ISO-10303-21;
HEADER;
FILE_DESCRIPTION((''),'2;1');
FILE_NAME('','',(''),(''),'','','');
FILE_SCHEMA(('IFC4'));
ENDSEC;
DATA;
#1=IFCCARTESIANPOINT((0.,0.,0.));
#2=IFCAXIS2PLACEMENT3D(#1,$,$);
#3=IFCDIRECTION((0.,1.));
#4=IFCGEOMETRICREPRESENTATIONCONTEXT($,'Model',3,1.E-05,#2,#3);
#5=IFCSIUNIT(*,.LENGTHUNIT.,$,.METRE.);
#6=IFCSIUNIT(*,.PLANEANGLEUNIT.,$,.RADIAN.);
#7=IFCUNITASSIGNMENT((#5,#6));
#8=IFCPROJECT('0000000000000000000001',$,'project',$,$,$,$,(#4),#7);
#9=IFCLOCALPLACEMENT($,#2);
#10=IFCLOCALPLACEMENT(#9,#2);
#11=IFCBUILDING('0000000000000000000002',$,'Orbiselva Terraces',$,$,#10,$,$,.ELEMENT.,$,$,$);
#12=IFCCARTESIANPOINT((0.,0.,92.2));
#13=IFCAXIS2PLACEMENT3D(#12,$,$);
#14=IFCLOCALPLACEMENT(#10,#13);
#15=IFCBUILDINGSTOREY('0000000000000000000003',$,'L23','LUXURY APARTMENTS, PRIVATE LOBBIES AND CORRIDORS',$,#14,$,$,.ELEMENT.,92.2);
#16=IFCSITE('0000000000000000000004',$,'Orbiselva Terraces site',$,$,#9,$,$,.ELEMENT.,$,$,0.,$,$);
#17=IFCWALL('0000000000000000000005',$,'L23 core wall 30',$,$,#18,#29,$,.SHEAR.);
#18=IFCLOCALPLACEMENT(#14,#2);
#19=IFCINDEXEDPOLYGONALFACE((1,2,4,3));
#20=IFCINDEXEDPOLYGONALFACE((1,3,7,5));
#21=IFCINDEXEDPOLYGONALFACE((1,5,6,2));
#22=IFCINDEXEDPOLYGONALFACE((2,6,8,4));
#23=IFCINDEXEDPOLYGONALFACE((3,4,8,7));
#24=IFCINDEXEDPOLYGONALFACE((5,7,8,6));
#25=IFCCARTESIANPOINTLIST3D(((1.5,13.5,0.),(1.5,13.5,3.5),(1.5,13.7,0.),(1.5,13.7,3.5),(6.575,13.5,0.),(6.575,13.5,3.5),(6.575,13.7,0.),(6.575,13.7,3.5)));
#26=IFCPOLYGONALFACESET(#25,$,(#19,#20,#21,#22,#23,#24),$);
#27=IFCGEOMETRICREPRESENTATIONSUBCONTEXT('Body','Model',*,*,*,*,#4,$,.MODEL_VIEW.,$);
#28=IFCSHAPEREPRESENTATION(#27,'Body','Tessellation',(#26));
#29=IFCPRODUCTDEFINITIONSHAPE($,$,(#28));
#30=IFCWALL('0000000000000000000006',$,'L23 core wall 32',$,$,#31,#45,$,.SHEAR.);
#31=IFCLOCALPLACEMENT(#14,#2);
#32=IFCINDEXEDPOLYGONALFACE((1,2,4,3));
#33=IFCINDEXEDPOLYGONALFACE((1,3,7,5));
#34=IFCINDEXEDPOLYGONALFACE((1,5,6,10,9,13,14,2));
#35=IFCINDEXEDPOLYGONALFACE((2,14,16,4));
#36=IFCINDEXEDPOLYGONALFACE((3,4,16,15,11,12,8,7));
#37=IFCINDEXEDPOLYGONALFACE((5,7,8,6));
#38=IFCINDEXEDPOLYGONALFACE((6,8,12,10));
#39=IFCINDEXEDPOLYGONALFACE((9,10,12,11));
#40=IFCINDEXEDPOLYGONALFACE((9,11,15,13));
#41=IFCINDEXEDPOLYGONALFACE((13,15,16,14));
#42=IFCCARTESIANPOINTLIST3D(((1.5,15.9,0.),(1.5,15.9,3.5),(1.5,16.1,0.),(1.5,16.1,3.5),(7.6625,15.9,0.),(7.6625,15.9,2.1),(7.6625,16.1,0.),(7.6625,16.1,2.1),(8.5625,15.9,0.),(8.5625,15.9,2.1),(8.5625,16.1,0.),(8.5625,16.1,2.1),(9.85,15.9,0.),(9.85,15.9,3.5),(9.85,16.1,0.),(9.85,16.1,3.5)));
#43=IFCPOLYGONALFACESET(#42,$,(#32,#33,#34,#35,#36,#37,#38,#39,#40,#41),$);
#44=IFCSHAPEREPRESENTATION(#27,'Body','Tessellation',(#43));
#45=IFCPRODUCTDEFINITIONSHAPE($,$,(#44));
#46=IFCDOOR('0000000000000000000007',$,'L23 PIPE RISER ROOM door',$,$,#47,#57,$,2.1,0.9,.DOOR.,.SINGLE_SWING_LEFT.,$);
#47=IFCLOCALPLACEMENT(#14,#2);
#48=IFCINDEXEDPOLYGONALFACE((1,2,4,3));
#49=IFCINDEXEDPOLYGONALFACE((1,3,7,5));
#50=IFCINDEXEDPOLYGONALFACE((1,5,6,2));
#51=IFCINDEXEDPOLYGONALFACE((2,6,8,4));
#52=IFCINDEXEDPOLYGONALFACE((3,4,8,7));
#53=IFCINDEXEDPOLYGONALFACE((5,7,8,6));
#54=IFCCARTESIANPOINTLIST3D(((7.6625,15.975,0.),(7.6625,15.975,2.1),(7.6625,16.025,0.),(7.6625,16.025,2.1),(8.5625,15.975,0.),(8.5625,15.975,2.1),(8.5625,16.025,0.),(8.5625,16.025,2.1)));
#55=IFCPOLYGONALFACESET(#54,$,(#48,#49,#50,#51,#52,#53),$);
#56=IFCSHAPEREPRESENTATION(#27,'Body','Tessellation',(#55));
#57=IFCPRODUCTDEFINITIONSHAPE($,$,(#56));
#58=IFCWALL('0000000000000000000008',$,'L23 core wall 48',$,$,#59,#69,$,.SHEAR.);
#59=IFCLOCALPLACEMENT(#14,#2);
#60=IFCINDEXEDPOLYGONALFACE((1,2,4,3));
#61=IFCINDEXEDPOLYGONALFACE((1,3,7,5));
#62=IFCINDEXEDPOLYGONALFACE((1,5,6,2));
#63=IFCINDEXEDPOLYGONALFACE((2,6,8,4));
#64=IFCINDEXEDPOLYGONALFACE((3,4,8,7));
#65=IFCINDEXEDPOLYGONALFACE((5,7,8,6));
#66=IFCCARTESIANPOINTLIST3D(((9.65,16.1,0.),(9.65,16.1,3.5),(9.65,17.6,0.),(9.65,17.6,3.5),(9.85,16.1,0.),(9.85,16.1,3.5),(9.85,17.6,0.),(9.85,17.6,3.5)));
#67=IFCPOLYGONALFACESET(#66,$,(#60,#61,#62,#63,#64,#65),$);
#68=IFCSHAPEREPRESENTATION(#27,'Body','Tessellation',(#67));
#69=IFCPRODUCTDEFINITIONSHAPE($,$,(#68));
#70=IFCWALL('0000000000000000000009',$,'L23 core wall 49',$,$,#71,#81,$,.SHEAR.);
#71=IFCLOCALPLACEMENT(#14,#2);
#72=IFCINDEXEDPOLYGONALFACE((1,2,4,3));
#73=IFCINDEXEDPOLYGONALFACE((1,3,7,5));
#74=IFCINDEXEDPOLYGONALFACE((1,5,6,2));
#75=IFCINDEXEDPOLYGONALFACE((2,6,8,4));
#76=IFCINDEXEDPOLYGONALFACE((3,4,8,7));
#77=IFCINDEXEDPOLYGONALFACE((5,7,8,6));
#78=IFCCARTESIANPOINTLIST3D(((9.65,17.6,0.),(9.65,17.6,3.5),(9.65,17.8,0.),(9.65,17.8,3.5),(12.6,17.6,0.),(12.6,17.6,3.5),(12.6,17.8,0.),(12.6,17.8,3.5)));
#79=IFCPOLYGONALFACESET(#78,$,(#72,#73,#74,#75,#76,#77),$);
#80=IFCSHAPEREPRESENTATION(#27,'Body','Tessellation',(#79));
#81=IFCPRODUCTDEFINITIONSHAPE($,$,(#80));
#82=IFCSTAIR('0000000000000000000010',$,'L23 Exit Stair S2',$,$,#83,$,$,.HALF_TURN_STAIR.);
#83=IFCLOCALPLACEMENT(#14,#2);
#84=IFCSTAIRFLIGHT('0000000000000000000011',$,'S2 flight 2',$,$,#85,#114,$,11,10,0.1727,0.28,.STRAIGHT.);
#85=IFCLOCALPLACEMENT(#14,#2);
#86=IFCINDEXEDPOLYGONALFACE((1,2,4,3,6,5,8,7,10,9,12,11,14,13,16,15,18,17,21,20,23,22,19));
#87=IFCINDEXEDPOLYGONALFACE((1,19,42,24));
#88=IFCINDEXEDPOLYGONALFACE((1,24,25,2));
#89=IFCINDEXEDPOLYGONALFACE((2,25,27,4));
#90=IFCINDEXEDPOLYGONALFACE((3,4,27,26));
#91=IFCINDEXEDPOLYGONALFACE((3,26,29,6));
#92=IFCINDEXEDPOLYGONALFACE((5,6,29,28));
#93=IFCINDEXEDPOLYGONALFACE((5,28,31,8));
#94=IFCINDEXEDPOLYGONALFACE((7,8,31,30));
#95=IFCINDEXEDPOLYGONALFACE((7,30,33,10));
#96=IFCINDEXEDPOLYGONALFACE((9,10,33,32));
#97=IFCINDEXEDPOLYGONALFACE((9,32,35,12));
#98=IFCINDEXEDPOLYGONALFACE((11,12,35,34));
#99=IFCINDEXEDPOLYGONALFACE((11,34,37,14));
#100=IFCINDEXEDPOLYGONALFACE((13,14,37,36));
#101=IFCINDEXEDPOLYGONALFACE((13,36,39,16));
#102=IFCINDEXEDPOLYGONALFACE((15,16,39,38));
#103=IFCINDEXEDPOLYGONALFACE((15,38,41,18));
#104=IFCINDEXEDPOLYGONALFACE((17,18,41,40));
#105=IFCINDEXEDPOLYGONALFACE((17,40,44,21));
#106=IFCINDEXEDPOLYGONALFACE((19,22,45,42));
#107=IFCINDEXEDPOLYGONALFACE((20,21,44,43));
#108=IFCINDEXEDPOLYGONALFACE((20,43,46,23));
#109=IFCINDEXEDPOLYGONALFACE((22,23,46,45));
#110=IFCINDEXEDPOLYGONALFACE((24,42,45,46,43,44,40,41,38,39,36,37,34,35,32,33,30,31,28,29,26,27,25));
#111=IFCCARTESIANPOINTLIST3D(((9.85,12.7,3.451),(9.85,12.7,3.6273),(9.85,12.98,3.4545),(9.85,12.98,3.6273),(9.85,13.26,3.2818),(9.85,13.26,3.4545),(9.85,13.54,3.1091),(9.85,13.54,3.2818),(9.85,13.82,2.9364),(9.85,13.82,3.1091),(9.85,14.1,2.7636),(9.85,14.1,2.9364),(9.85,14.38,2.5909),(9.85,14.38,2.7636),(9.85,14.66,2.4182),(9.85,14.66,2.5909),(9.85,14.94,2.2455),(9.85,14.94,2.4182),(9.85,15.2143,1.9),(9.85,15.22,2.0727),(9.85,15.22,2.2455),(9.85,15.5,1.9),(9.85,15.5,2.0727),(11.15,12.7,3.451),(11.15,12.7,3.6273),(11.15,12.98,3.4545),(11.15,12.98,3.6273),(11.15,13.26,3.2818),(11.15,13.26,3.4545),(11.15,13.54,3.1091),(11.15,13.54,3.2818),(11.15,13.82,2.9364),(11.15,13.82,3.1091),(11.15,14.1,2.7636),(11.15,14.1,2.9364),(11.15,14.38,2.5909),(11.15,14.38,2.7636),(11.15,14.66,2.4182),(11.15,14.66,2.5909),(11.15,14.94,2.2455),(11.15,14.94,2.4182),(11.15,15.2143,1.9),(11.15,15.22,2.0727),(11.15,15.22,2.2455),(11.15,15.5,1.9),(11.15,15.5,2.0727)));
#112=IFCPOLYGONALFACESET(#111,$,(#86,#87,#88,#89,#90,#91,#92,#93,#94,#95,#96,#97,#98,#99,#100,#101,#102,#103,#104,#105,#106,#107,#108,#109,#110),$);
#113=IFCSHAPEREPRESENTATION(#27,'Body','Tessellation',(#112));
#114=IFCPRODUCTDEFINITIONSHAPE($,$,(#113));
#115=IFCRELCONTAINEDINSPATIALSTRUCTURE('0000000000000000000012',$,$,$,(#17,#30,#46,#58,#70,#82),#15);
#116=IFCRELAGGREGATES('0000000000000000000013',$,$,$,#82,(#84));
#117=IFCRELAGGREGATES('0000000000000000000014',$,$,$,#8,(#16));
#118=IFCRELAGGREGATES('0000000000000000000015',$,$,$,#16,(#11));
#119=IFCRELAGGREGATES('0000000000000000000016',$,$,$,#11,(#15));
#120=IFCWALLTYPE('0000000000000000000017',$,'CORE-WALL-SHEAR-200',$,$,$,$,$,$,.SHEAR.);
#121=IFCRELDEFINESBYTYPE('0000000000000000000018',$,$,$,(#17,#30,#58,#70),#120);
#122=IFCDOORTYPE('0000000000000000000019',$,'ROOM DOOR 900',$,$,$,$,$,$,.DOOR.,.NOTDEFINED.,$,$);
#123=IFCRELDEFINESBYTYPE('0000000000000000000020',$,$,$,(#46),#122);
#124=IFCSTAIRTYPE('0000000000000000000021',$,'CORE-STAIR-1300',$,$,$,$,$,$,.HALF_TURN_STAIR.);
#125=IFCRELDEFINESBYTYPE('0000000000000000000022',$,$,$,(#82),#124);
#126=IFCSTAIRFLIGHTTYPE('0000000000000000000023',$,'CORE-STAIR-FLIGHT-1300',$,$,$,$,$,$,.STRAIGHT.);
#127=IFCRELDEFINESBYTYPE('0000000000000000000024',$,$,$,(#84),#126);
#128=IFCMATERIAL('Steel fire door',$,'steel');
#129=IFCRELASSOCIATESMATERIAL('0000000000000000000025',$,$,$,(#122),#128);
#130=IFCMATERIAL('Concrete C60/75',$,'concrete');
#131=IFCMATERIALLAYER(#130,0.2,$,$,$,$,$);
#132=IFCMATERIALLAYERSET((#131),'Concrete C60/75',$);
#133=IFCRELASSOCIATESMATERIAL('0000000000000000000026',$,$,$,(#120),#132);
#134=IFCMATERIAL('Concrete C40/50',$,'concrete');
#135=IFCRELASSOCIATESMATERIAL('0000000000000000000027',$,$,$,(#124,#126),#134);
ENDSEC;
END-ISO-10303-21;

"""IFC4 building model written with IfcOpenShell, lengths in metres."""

from ifc_helpers import new_model, si_unit, direction, frame, frame_2d, origin, place, context, subcontext, project, spatial, polyline, rectangle, outline, extrude, material, layer, layer_set, type_object, element, fill, aggregate, save


model = new_model("IFC4")

# Units and contexts
model_context = context("Model", 3, precision=1e-05, world=origin(), true_north=direction((0.0, 1.0)))
body_context = subcontext(model_context, "Body", "Model", "MODEL_VIEW")
ifc_project = project(units=[si_unit("LENGTHUNIT", "METRE"), si_unit("PLANEANGLEUNIT", "RADIAN")], contexts=[model_context])

# Site, building, storey
site_placement = place(None, origin())
site = spatial("IfcSite", under=ifc_project, at=site_placement, Name="Orbiselva Terraces site", CompositionType="ELEMENT", RefElevation=0.0)
building_placement = place(site_placement, origin())
building = spatial("IfcBuilding", under=site, at=building_placement, Name="Orbiselva Terraces", CompositionType="ELEMENT")
storey_placement = place(building_placement, frame((0.0, 0.0, 92.2)))
storey = spatial("IfcBuildingStorey", under=building, at=storey_placement, Name="L23", Description="LUXURY APARTMENTS, PRIVATE LOBBIES AND CORRIDORS", CompositionType="ELEMENT", Elevation=92.2)

# Shared definitions
ifc_material_1 = material(Name="Steel fire door", Category="steel")
door_type = type_object("IfcDoorType", Name="ROOM DOOR 900", OperationType="NOTDEFINED", PredefinedType="DOOR", material=ifc_material_1)

# Shared definitions
ifc_material_2 = material(Name="Concrete C40/50", Category="concrete")

# Shared definitions
ifc_material_3 = material(Name="Concrete C60/75", Category="concrete")
ifc_layer_1 = layer(ifc_material_3, 0.2)
ifc_layer_set_1 = layer_set([ifc_layer_1], Name="Concrete C60/75")
wall_type_1 = type_object("IfcWallType", Name="CORE-WALL-SHEAR-200", PredefinedType="SHEAR", material=ifc_layer_set_1)

# Wall
wall_1_placement = place(storey_placement, frame((1.5, 13.6, 0.0), z_axis=(0.0, 0.0, 1.0), x_axis=(1.0, 0.0, 0.0)))
element("IfcWall", 1, at=wall_1_placement, inside=storey, type_object=wall_type_1, Name="L23 core wall 30", PredefinedType="SHEAR", context=body_context, shape_type="SweptSolid", body=[
    extrude(rectangle(XDim=5.075, YDim=0.2, at=frame_2d((2.5375, 0.0))), origin(), (0.0, 0.0, 1.0), 3.5),
])

# Wall, opening, door
wall_2_placement = place(storey_placement, frame((9.85, 16.0, 0.0), z_axis=(0.0, 0.0, 1.0), x_axis=(-1.0, 0.0, 0.0)))
wall_2 = element("IfcWall", 2, at=wall_2_placement, inside=storey, type_object=wall_type_1, Name="L23 core wall 32", PredefinedType="SHEAR", context=body_context, shape_type="SweptSolid", body=[
    extrude(rectangle(XDim=8.35, YDim=0.2, at=frame_2d((4.175, 0.0))), origin(), (0.0, 0.0, 1.0), 3.5),
])
opening_1_placement = place(wall_2_placement, frame((1.2875, 0.0, 0.0)))
opening_1 = element("IfcOpeningElement", 3, at=opening_1_placement, cuts=wall_2, PredefinedType="OPENING", context=body_context, shape_type="SweptSolid", body=[
    extrude(rectangle(XDim=0.9, YDim=2.1, at=frame_2d((0.45, 1.05))), frame((0.0, 0.11, 0.0), z_axis=(0.0, -1.0, 0.0), x_axis=(1.0, 0.0, 0.0)), (0.0, 0.0, 1.0), 0.22),
])
door_1_placement = place(opening_1_placement, origin())
door_1 = element("IfcDoor", 4, at=door_1_placement, inside=storey, type_object=door_type, Name="L23 PIPE RISER ROOM door", OperationType="SINGLE_SWING_LEFT", OverallHeight=2.1, OverallWidth=0.9, PredefinedType="DOOR", context=body_context, shape_type="SweptSolid", body=[
    extrude(rectangle(XDim=0.9, YDim=2.1, at=frame_2d((0.45, 1.05))), frame((0.0, 0.025, 0.0), z_axis=(0.0, -1.0, 0.0), x_axis=(1.0, 0.0, 0.0)), (0.0, 0.0, 1.0), 0.05),
])
fill(opening_1, door_1)

# Walls
wall_3_placement = place(storey_placement, frame((9.75, 16.1, 0.0), z_axis=(0.0, 0.0, 1.0), x_axis=(0.0, 1.0, 0.0)))
element("IfcWall", 5, at=wall_3_placement, inside=storey, type_object=wall_type_1, Name="L23 core wall 48", PredefinedType="SHEAR", context=body_context, shape_type="SweptSolid", body=[
    extrude(rectangle(XDim=1.5, YDim=0.2, at=frame_2d((0.75, 0.0))), origin(), (0.0, 0.0, 1.0), 3.5),
])
wall_4_placement = place(storey_placement, frame((9.65, 17.7, 0.0), z_axis=(0.0, 0.0, 1.0), x_axis=(1.0, 0.0, 0.0)))
element("IfcWall", 6, at=wall_4_placement, inside=storey, type_object=wall_type_1, Name="L23 core wall 49", PredefinedType="SHEAR", context=body_context, shape_type="SweptSolid", body=[
    extrude(rectangle(XDim=2.95, YDim=0.2, at=frame_2d((1.475, 0.0))), origin(), (0.0, 0.0, 1.0), 3.5),
])

# Stair, stair flight
stair_type = type_object("IfcStairType", Name="CORE-STAIR-1300", PredefinedType="HALF_TURN_STAIR", material=ifc_material_2)
stair_placement = place(storey_placement, origin())
stair = element("IfcStair", 7, at=stair_placement, inside=storey, type_object=stair_type, Name="L23 Exit Stair S2", PredefinedType="HALF_TURN_STAIR")
stair_flight_type = type_object("IfcStairFlightType", Name="CORE-STAIR-FLIGHT-1300", PredefinedType="STRAIGHT", material=ifc_material_2)
stair_flight_placement = place(storey_placement, frame((10.5, 15.5, 1.9), z_axis=(0.0, 0.0, 1.0), x_axis=(0.0, -1.0, 0.0)))
stair_flight = element("IfcStairFlight", 8, at=stair_flight_placement, type_object=stair_flight_type, Name="S2 flight 2", NumberOfRisers=11, NumberOfTreads=10, PredefinedType="STRAIGHT", RiserHeight=0.1727, TreadLength=0.28, context=body_context, shape_type="SweptSolid", body=[
    extrude(outline(polyline([(0.0, 0.0), (0.0, 0.1727), (0.28, 0.1727), (0.28, 0.3455), (0.56, 0.3455), (0.56, 0.5182), (0.84, 0.5182), (0.84, 0.6909), (1.12, 0.6909), (1.12, 0.8636), (1.4, 0.8636), (1.4, 1.0364), (1.68, 1.0364), (1.68, 1.2091), (1.96, 1.2091), (1.96, 1.3818), (2.24, 1.3818), (2.24, 1.5545), (2.52, 1.5545), (2.52, 1.7273), (2.8, 1.7273), (2.8, 1.9), (2.8, 1.551), (0.2857, 0.0), (0.0, 0.0)])), frame((0.0, 0.65, 0.0), z_axis=(0.0, -1.0, 0.0), x_axis=(1.0, 0.0, 0.0)), (0.0, 0.0, 1.0), 1.3),
])
aggregate(stair, [stair_flight])

save(model, "model.ifc")
